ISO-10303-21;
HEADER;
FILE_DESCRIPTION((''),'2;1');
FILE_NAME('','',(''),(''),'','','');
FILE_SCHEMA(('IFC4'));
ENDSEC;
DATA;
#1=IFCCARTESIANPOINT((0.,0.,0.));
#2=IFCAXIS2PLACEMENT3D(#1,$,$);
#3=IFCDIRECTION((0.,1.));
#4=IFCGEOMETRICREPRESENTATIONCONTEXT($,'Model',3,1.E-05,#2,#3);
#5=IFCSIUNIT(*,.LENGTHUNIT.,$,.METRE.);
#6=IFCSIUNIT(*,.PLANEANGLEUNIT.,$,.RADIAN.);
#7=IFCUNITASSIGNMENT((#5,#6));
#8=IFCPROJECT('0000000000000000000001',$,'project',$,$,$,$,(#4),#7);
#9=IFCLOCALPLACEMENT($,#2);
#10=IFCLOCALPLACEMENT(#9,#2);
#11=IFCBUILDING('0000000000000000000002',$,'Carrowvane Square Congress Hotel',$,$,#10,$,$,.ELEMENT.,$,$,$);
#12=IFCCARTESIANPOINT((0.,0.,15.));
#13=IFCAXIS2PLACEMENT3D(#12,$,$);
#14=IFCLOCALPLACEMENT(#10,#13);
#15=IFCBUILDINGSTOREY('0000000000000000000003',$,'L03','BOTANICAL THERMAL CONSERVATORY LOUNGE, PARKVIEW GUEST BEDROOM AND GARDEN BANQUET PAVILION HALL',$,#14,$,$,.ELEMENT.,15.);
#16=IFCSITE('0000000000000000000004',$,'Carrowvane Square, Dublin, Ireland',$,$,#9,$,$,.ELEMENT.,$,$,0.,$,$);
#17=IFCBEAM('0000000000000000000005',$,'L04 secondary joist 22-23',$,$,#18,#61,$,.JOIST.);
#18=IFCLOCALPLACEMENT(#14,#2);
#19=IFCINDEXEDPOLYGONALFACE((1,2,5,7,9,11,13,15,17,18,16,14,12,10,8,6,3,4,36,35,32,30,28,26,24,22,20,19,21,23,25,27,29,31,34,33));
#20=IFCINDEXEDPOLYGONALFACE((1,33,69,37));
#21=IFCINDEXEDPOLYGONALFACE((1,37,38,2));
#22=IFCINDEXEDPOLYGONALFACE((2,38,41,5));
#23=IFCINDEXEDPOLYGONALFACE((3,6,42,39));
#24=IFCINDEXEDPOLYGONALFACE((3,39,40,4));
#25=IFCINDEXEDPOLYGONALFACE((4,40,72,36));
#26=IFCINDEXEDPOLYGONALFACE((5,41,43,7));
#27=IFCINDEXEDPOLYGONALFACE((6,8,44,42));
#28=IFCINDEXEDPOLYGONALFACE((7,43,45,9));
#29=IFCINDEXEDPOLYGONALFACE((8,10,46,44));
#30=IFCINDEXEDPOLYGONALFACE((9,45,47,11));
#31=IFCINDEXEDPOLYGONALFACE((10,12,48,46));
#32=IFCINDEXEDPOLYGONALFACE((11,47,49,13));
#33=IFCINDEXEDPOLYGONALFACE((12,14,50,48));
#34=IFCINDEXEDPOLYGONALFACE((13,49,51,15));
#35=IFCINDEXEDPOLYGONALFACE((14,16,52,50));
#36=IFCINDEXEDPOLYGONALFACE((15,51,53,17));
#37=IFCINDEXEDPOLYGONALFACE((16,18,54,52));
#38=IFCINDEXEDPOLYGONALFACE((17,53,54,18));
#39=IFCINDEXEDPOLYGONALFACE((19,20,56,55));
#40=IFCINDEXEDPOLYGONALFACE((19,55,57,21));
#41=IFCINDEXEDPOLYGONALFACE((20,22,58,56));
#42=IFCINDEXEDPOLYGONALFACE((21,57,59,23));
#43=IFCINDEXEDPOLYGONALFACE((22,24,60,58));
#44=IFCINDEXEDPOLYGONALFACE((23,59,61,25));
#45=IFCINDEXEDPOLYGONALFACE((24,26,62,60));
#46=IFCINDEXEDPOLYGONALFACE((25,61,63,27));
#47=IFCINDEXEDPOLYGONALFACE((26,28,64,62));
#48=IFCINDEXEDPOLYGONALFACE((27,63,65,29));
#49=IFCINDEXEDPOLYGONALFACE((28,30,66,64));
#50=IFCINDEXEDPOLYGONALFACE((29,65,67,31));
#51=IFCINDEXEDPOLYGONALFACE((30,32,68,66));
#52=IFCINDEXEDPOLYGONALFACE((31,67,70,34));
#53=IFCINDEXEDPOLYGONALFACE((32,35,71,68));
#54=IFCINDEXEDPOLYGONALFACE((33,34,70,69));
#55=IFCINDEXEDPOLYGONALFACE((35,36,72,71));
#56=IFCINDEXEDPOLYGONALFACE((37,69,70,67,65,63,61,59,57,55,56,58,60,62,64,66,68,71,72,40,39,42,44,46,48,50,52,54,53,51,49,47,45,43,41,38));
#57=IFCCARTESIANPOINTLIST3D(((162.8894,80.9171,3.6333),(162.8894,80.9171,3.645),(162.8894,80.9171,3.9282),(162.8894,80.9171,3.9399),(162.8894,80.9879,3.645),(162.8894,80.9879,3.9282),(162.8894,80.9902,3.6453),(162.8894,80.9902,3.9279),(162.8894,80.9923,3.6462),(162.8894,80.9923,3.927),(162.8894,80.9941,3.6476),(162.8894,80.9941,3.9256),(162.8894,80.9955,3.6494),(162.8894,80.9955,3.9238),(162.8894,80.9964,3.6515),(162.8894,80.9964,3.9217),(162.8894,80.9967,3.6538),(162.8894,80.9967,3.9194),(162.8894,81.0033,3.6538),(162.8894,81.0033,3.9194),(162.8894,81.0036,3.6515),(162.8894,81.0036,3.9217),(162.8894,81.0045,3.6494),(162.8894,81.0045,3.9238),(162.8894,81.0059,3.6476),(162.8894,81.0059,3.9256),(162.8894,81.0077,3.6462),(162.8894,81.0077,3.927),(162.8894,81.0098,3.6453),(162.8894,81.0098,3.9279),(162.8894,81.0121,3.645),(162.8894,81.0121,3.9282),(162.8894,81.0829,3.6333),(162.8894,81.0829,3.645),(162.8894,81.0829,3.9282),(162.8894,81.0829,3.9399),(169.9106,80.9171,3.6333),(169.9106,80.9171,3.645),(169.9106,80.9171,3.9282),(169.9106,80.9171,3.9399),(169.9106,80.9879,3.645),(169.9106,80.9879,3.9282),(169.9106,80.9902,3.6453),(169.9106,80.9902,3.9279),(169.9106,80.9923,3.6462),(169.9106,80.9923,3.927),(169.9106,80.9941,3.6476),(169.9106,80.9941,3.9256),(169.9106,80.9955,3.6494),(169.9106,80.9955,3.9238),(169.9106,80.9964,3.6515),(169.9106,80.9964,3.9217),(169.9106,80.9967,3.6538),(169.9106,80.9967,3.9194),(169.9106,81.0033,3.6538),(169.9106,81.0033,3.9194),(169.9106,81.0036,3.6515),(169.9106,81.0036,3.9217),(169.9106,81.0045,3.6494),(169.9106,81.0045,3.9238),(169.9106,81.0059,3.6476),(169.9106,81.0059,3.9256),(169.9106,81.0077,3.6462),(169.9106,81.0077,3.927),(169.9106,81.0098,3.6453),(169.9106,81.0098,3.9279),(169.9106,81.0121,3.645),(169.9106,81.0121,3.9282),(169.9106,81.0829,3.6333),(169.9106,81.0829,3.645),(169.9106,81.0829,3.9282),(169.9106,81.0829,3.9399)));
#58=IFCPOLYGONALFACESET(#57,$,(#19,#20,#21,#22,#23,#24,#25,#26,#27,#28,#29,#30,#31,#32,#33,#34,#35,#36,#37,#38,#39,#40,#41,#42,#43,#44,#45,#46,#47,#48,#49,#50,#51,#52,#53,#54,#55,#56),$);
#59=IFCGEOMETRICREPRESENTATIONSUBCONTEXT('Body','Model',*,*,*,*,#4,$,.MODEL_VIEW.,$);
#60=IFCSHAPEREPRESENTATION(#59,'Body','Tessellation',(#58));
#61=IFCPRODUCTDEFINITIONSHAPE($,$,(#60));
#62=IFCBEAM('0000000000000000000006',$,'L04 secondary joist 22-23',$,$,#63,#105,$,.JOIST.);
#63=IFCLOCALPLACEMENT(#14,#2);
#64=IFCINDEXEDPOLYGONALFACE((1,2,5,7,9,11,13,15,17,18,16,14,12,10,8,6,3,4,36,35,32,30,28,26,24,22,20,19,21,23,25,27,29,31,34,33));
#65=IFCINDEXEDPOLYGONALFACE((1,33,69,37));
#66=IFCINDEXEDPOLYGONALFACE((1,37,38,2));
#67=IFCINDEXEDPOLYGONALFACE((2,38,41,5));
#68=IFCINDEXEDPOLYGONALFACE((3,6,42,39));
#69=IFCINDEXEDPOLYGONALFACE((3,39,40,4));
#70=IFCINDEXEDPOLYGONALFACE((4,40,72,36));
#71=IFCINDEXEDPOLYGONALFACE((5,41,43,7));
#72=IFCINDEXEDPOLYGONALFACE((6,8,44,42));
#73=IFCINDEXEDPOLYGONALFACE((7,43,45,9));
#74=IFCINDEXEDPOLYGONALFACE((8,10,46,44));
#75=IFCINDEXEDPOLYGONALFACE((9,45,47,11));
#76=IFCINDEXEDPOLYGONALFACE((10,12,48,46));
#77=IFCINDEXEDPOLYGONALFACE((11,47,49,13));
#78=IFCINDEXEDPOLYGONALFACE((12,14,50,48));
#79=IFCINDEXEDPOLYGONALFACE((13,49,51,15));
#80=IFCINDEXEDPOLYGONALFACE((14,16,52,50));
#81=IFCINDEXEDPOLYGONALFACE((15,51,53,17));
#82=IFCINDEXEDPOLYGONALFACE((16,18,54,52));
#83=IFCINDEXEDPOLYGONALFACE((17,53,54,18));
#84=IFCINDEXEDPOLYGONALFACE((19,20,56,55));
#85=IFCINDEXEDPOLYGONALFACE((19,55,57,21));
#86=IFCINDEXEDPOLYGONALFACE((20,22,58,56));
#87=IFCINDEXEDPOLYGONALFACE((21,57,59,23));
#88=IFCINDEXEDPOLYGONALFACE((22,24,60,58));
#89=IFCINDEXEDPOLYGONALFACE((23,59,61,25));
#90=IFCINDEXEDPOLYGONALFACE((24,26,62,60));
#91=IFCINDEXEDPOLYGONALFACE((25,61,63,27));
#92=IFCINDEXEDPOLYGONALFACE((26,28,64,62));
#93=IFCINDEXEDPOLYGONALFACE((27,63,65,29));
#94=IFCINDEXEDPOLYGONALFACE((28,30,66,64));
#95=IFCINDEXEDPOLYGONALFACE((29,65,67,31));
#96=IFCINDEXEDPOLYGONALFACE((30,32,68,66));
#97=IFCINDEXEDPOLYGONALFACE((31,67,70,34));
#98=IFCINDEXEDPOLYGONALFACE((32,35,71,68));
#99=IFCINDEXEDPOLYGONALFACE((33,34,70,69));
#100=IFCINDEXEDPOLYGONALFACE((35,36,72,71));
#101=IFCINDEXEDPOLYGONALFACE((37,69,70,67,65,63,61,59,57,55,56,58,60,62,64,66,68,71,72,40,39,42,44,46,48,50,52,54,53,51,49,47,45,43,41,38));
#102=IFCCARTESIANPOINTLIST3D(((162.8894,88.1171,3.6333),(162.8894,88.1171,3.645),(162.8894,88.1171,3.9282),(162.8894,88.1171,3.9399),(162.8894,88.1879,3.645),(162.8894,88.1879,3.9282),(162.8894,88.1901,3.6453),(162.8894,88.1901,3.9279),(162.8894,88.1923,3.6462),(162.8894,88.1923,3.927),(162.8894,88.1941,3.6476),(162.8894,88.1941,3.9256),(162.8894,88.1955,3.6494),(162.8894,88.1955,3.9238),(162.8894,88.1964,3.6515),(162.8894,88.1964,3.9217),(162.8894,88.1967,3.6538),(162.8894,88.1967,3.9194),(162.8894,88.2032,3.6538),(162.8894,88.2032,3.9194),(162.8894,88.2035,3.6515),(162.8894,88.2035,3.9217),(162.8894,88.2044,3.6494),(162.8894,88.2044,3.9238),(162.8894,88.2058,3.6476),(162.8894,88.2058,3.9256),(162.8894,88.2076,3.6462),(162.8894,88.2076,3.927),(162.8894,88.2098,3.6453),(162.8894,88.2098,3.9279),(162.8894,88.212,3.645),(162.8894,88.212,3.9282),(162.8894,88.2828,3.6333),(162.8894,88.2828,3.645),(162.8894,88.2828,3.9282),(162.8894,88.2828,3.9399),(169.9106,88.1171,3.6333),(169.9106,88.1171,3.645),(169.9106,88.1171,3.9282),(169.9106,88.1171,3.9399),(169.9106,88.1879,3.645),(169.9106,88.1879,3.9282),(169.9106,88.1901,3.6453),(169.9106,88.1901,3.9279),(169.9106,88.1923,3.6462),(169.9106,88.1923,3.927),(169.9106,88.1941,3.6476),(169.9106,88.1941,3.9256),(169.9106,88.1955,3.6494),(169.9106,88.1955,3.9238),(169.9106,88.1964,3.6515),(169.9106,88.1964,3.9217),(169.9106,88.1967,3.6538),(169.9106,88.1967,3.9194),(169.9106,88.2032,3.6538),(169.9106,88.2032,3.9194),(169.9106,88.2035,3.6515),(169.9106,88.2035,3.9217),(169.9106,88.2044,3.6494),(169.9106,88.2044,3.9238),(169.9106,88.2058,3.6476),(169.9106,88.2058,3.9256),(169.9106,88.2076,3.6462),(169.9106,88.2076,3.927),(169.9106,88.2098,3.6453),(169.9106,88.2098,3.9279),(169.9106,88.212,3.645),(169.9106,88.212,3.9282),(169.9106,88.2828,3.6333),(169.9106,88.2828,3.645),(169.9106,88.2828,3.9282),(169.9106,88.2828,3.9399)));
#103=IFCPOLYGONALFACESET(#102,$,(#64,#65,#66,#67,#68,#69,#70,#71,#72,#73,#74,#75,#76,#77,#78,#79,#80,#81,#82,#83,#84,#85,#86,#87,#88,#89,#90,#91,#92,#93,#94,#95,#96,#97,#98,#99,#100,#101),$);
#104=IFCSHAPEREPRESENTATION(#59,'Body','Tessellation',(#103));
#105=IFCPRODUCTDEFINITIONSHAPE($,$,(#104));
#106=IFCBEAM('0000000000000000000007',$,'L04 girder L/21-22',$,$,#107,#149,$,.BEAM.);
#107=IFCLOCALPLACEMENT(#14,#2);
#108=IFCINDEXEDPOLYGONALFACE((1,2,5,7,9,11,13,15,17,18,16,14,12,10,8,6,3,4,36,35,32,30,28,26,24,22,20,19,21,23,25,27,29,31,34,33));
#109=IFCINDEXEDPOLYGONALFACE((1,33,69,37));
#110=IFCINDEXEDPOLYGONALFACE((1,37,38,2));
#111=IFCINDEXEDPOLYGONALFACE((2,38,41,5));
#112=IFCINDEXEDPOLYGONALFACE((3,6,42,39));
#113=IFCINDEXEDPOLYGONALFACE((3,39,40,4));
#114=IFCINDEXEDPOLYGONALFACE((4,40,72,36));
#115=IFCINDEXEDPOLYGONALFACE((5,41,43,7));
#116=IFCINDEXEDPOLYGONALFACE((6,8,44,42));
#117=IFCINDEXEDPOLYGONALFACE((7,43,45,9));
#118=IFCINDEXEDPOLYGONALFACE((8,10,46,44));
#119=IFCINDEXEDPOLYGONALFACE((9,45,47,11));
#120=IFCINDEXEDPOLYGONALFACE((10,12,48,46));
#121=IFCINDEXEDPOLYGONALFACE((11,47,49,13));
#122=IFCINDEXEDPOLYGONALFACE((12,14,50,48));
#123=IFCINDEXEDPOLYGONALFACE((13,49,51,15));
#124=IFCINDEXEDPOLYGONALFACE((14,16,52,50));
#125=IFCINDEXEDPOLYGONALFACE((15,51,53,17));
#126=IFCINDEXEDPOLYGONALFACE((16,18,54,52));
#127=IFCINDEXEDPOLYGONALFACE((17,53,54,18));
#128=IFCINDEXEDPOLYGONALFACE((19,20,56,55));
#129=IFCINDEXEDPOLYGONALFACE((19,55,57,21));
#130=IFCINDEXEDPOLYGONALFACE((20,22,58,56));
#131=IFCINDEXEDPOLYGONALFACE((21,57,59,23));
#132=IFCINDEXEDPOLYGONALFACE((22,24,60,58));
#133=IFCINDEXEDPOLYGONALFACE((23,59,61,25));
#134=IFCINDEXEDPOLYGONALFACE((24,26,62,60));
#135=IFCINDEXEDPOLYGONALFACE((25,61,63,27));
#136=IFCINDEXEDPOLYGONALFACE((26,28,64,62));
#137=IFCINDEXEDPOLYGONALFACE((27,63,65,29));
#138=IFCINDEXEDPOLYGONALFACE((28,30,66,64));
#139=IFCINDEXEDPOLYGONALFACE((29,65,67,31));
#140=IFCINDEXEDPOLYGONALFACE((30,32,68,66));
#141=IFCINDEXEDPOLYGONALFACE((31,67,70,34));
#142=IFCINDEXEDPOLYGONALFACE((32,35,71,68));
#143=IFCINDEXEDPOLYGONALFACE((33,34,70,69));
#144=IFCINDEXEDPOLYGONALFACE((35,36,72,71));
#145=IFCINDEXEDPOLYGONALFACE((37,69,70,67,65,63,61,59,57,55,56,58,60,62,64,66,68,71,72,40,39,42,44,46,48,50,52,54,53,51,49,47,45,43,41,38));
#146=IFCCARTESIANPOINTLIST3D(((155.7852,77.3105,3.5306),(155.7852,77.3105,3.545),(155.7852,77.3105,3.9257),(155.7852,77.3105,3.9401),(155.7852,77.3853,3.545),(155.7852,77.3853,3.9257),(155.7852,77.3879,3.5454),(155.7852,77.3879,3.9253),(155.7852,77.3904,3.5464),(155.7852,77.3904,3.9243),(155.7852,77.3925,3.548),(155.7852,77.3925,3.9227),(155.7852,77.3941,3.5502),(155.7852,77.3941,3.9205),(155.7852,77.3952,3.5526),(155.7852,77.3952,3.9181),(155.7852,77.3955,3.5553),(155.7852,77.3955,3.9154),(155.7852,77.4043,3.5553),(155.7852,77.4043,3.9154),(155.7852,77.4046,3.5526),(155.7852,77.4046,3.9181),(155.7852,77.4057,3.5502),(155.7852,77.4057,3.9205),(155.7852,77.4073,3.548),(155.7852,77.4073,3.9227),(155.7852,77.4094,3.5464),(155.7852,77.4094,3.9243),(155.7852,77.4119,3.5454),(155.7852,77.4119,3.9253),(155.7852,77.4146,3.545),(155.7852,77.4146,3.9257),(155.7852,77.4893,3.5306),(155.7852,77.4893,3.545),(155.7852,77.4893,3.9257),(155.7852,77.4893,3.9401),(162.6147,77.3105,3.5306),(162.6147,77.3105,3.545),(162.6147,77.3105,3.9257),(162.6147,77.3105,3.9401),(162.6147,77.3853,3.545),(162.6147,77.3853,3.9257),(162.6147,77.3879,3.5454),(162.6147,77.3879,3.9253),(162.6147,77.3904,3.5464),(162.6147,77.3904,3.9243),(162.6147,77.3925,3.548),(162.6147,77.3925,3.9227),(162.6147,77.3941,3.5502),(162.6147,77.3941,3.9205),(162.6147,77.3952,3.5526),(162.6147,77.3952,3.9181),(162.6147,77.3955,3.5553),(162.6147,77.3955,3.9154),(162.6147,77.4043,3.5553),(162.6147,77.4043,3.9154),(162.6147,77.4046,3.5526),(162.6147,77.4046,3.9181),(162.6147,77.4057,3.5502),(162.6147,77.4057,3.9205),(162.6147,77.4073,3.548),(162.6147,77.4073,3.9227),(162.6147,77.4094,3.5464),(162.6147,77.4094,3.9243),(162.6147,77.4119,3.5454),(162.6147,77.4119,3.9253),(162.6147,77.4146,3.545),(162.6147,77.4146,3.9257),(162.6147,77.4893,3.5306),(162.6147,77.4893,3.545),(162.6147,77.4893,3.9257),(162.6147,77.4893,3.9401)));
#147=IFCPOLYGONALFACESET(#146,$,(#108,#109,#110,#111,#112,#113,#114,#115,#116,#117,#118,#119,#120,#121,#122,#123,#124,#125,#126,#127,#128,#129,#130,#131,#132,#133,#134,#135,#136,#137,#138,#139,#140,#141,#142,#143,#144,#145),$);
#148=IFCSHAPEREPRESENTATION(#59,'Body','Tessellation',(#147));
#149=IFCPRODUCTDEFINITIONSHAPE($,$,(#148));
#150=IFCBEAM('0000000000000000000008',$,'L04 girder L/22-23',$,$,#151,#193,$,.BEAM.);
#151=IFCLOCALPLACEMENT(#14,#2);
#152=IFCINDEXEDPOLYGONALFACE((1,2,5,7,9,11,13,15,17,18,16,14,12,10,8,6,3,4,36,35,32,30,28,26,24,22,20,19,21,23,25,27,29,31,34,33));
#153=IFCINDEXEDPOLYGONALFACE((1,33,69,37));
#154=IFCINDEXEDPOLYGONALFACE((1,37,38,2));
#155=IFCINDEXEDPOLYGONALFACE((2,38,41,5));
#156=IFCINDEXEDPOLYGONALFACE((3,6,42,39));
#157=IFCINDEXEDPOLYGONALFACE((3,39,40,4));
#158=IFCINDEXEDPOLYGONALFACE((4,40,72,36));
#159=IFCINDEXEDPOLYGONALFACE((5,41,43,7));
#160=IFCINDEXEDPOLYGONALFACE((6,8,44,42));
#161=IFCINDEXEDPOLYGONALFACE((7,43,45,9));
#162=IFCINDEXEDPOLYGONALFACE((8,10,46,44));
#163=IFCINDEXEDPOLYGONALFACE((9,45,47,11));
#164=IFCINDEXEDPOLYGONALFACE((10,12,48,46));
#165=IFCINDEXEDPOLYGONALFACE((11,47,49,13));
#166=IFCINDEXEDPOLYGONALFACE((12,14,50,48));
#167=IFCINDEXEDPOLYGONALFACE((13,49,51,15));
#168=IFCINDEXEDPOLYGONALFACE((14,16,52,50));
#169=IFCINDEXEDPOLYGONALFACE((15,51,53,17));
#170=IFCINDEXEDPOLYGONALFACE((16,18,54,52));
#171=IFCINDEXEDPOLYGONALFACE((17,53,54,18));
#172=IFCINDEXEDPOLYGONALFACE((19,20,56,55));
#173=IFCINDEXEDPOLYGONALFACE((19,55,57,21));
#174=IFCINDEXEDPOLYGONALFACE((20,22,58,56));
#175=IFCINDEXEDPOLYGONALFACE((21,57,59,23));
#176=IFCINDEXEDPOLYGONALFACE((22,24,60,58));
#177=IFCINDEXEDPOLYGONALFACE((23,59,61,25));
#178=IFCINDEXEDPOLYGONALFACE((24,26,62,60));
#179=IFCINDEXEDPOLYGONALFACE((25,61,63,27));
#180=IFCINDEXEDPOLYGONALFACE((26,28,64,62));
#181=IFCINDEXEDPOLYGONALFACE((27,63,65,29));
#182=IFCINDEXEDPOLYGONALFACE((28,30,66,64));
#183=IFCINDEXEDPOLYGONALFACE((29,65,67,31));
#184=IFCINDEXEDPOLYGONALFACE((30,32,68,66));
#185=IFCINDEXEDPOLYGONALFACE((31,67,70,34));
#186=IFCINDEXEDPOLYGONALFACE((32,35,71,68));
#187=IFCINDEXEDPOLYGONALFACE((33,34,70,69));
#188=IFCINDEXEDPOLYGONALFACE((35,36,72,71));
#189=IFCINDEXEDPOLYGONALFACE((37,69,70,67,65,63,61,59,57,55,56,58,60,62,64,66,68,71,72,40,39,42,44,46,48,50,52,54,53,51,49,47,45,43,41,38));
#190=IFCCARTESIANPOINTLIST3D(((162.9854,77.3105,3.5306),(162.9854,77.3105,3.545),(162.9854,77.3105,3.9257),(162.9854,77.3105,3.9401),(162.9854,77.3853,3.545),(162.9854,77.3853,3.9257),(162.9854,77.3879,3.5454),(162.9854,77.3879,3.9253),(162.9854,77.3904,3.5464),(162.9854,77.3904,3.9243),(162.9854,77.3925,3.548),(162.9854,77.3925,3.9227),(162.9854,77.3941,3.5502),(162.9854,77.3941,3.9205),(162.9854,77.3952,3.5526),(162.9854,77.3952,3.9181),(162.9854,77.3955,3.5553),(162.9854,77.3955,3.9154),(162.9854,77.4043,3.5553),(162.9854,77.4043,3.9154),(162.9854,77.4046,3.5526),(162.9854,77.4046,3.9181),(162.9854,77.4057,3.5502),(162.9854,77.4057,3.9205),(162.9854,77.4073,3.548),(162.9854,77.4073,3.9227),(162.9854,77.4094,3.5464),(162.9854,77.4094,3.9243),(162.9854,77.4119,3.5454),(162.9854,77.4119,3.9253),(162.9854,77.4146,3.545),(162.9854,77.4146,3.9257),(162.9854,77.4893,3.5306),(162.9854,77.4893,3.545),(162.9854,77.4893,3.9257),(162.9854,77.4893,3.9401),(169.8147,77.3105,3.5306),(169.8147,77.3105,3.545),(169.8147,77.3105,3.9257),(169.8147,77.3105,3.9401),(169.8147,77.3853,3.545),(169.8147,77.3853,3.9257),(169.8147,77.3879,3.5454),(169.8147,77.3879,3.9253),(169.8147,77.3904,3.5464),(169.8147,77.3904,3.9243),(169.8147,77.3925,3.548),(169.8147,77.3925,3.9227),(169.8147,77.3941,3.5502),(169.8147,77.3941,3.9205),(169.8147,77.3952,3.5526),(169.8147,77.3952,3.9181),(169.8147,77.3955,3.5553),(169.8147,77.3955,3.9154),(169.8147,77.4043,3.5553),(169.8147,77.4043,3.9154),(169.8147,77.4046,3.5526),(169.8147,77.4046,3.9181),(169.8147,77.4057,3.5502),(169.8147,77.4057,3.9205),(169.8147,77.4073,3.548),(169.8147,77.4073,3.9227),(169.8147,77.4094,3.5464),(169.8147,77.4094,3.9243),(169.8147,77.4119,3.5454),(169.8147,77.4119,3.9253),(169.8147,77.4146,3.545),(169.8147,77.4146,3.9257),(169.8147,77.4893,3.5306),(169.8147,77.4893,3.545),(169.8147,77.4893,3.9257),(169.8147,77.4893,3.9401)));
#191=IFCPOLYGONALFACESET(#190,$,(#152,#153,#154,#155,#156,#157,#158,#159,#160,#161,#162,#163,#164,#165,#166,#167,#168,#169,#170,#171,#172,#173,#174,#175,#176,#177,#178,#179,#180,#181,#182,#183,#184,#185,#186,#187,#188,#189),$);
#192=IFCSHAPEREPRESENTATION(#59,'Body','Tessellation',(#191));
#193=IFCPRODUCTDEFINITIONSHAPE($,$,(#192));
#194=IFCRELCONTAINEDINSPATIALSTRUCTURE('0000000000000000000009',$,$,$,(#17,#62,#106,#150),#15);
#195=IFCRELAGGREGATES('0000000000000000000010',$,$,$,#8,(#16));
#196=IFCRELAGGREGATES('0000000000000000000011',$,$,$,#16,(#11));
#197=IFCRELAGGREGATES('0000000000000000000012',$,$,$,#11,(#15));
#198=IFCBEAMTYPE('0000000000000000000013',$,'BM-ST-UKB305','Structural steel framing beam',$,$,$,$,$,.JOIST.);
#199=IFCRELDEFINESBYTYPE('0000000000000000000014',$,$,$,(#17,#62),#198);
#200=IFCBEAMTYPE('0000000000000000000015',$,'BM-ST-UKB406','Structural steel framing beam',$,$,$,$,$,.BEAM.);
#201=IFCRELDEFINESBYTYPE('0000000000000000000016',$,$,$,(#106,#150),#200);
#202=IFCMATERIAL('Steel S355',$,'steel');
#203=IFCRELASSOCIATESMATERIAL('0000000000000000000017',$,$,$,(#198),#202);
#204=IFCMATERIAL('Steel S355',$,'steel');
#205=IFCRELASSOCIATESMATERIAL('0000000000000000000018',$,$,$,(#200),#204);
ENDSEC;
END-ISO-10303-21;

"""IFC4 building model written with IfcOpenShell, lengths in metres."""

from ifc_helpers import new_model, si_unit, direction, frame, origin, origin_2d, place, context, subcontext, project, spatial, i_section, extrude, material, material_profile, profile_set, type_object, element, save


model = new_model("IFC4")

# Units and contexts
model_context = context("Model", 3, precision=1e-05, world=origin(), true_north=direction((0.0, 1.0)))
body_context = subcontext(model_context, "Body", "Model", "MODEL_VIEW")
ifc_project = project(units=[si_unit("LENGTHUNIT", "METRE"), si_unit("PLANEANGLEUNIT", "RADIAN")], contexts=[model_context])

# Site, building, storey
site_placement = place(None, origin())
site = spatial("IfcSite", under=ifc_project, at=site_placement, Name="Carrowvane Square, Dublin, Ireland", CompositionType="ELEMENT", RefElevation=0.0)
building_placement = place(site_placement, origin())
building = spatial("IfcBuilding", under=site, at=building_placement, Name="Carrowvane Square Congress Hotel", CompositionType="ELEMENT")
storey_placement = place(building_placement, frame((0.0, 0.0, 15.0)))
storey = spatial("IfcBuildingStorey", under=building, at=storey_placement, Name="L03", Description="BOTANICAL THERMAL CONSERVATORY LOUNGE, PARKVIEW GUEST BEDROOM AND GARDEN BANQUET PAVILION HALL", CompositionType="ELEMENT", Elevation=15.0)

# Beams
ifc_material_1 = material(Name="Steel S355", Category="steel")
ifc_material_profile_1 = material_profile(ifc_material_1, i_section(OverallWidth=0.1658, OverallDepth=0.3066, WebThickness=0.0066, FlangeThickness=0.0117, FilletRadius=0.0088, at=origin_2d()), Name="UKB 305x165x46")
ifc_profile_set_1 = profile_set([ifc_material_profile_1], Name="Steel S355")
beam_type_1 = type_object("IfcBeamType", Name="BM-ST-UKB305", Description="Structural steel framing beam", PredefinedType="JOIST", material=ifc_profile_set_1)
for number, where, z_axis, x_axis, name in (
    (1, (162.8894, 81.0, 3.7866), (1.0, 0.0, 0.0), (0.0, 1.0, 0.0), "L04 secondary joist 22-23"),
    (2, (162.8894, 88.2, 3.7866), (1.0, 0.0, 0.0), (0.0, 1.0, 0.0), "L04 secondary joist 22-23"),
):
    element("IfcBeam", number, at=place(storey_placement, frame(where, z_axis=z_axis, x_axis=x_axis)), inside=storey, type_object=beam_type_1, Name=name, PredefinedType="JOIST", context=body_context, shape_type="SweptSolid", body=[
        extrude(i_section(OverallWidth=0.1658, OverallDepth=0.3066, WebThickness=0.0066, FlangeThickness=0.0117, FilletRadius=0.0088, at=origin_2d()), origin(), (0.0, 0.0, 1.0), 7.0212),
    ])
ifc_material_2 = material(Name="Steel S355", Category="steel")
ifc_material_profile_2 = material_profile(ifc_material_2, i_section(OverallWidth=0.1787, OverallDepth=0.4094, WebThickness=0.0088, FlangeThickness=0.0144, FilletRadius=0.0103, at=origin_2d()), Name="UKB 406x178x67")
ifc_profile_set_2 = profile_set([ifc_material_profile_2], Name="Steel S355")
beam_type_2 = type_object("IfcBeamType", Name="BM-ST-UKB406", Description="Structural steel framing beam", PredefinedType="BEAM", material=ifc_profile_set_2)
beam_1_placement = place(storey_placement, frame((155.7852, 77.3999, 3.7354), z_axis=(1.0, 0.0, 0.0), x_axis=(0.0, 1.0, 0.0)))
element("IfcBeam", 3, at=beam_1_placement, inside=storey, type_object=beam_type_2, Name="L04 girder L/21-22", PredefinedType="BEAM", context=body_context, shape_type="SweptSolid", body=[
    extrude(i_section(OverallWidth=0.1787, OverallDepth=0.4094, WebThickness=0.0088, FlangeThickness=0.0144, FilletRadius=0.0103, at=origin_2d()), origin(), (0.0, 0.0, 1.0), 6.8296),
])
beam_2_placement = place(storey_placement, frame((162.9854, 77.3999, 3.7354), z_axis=(1.0, 0.0, 0.0), x_axis=(0.0, 1.0, 0.0)))
element("IfcBeam", 4, at=beam_2_placement, inside=storey, type_object=beam_type_2, Name="L04 girder L/22-23", PredefinedType="BEAM", context=body_context, shape_type="SweptSolid", body=[
    extrude(i_section(OverallWidth=0.1787, OverallDepth=0.4094, WebThickness=0.0088, FlangeThickness=0.0144, FilletRadius=0.0103, at=origin_2d()), origin(), (0.0, 0.0, 1.0), 6.8293),
])

save(model, "model.ifc")
